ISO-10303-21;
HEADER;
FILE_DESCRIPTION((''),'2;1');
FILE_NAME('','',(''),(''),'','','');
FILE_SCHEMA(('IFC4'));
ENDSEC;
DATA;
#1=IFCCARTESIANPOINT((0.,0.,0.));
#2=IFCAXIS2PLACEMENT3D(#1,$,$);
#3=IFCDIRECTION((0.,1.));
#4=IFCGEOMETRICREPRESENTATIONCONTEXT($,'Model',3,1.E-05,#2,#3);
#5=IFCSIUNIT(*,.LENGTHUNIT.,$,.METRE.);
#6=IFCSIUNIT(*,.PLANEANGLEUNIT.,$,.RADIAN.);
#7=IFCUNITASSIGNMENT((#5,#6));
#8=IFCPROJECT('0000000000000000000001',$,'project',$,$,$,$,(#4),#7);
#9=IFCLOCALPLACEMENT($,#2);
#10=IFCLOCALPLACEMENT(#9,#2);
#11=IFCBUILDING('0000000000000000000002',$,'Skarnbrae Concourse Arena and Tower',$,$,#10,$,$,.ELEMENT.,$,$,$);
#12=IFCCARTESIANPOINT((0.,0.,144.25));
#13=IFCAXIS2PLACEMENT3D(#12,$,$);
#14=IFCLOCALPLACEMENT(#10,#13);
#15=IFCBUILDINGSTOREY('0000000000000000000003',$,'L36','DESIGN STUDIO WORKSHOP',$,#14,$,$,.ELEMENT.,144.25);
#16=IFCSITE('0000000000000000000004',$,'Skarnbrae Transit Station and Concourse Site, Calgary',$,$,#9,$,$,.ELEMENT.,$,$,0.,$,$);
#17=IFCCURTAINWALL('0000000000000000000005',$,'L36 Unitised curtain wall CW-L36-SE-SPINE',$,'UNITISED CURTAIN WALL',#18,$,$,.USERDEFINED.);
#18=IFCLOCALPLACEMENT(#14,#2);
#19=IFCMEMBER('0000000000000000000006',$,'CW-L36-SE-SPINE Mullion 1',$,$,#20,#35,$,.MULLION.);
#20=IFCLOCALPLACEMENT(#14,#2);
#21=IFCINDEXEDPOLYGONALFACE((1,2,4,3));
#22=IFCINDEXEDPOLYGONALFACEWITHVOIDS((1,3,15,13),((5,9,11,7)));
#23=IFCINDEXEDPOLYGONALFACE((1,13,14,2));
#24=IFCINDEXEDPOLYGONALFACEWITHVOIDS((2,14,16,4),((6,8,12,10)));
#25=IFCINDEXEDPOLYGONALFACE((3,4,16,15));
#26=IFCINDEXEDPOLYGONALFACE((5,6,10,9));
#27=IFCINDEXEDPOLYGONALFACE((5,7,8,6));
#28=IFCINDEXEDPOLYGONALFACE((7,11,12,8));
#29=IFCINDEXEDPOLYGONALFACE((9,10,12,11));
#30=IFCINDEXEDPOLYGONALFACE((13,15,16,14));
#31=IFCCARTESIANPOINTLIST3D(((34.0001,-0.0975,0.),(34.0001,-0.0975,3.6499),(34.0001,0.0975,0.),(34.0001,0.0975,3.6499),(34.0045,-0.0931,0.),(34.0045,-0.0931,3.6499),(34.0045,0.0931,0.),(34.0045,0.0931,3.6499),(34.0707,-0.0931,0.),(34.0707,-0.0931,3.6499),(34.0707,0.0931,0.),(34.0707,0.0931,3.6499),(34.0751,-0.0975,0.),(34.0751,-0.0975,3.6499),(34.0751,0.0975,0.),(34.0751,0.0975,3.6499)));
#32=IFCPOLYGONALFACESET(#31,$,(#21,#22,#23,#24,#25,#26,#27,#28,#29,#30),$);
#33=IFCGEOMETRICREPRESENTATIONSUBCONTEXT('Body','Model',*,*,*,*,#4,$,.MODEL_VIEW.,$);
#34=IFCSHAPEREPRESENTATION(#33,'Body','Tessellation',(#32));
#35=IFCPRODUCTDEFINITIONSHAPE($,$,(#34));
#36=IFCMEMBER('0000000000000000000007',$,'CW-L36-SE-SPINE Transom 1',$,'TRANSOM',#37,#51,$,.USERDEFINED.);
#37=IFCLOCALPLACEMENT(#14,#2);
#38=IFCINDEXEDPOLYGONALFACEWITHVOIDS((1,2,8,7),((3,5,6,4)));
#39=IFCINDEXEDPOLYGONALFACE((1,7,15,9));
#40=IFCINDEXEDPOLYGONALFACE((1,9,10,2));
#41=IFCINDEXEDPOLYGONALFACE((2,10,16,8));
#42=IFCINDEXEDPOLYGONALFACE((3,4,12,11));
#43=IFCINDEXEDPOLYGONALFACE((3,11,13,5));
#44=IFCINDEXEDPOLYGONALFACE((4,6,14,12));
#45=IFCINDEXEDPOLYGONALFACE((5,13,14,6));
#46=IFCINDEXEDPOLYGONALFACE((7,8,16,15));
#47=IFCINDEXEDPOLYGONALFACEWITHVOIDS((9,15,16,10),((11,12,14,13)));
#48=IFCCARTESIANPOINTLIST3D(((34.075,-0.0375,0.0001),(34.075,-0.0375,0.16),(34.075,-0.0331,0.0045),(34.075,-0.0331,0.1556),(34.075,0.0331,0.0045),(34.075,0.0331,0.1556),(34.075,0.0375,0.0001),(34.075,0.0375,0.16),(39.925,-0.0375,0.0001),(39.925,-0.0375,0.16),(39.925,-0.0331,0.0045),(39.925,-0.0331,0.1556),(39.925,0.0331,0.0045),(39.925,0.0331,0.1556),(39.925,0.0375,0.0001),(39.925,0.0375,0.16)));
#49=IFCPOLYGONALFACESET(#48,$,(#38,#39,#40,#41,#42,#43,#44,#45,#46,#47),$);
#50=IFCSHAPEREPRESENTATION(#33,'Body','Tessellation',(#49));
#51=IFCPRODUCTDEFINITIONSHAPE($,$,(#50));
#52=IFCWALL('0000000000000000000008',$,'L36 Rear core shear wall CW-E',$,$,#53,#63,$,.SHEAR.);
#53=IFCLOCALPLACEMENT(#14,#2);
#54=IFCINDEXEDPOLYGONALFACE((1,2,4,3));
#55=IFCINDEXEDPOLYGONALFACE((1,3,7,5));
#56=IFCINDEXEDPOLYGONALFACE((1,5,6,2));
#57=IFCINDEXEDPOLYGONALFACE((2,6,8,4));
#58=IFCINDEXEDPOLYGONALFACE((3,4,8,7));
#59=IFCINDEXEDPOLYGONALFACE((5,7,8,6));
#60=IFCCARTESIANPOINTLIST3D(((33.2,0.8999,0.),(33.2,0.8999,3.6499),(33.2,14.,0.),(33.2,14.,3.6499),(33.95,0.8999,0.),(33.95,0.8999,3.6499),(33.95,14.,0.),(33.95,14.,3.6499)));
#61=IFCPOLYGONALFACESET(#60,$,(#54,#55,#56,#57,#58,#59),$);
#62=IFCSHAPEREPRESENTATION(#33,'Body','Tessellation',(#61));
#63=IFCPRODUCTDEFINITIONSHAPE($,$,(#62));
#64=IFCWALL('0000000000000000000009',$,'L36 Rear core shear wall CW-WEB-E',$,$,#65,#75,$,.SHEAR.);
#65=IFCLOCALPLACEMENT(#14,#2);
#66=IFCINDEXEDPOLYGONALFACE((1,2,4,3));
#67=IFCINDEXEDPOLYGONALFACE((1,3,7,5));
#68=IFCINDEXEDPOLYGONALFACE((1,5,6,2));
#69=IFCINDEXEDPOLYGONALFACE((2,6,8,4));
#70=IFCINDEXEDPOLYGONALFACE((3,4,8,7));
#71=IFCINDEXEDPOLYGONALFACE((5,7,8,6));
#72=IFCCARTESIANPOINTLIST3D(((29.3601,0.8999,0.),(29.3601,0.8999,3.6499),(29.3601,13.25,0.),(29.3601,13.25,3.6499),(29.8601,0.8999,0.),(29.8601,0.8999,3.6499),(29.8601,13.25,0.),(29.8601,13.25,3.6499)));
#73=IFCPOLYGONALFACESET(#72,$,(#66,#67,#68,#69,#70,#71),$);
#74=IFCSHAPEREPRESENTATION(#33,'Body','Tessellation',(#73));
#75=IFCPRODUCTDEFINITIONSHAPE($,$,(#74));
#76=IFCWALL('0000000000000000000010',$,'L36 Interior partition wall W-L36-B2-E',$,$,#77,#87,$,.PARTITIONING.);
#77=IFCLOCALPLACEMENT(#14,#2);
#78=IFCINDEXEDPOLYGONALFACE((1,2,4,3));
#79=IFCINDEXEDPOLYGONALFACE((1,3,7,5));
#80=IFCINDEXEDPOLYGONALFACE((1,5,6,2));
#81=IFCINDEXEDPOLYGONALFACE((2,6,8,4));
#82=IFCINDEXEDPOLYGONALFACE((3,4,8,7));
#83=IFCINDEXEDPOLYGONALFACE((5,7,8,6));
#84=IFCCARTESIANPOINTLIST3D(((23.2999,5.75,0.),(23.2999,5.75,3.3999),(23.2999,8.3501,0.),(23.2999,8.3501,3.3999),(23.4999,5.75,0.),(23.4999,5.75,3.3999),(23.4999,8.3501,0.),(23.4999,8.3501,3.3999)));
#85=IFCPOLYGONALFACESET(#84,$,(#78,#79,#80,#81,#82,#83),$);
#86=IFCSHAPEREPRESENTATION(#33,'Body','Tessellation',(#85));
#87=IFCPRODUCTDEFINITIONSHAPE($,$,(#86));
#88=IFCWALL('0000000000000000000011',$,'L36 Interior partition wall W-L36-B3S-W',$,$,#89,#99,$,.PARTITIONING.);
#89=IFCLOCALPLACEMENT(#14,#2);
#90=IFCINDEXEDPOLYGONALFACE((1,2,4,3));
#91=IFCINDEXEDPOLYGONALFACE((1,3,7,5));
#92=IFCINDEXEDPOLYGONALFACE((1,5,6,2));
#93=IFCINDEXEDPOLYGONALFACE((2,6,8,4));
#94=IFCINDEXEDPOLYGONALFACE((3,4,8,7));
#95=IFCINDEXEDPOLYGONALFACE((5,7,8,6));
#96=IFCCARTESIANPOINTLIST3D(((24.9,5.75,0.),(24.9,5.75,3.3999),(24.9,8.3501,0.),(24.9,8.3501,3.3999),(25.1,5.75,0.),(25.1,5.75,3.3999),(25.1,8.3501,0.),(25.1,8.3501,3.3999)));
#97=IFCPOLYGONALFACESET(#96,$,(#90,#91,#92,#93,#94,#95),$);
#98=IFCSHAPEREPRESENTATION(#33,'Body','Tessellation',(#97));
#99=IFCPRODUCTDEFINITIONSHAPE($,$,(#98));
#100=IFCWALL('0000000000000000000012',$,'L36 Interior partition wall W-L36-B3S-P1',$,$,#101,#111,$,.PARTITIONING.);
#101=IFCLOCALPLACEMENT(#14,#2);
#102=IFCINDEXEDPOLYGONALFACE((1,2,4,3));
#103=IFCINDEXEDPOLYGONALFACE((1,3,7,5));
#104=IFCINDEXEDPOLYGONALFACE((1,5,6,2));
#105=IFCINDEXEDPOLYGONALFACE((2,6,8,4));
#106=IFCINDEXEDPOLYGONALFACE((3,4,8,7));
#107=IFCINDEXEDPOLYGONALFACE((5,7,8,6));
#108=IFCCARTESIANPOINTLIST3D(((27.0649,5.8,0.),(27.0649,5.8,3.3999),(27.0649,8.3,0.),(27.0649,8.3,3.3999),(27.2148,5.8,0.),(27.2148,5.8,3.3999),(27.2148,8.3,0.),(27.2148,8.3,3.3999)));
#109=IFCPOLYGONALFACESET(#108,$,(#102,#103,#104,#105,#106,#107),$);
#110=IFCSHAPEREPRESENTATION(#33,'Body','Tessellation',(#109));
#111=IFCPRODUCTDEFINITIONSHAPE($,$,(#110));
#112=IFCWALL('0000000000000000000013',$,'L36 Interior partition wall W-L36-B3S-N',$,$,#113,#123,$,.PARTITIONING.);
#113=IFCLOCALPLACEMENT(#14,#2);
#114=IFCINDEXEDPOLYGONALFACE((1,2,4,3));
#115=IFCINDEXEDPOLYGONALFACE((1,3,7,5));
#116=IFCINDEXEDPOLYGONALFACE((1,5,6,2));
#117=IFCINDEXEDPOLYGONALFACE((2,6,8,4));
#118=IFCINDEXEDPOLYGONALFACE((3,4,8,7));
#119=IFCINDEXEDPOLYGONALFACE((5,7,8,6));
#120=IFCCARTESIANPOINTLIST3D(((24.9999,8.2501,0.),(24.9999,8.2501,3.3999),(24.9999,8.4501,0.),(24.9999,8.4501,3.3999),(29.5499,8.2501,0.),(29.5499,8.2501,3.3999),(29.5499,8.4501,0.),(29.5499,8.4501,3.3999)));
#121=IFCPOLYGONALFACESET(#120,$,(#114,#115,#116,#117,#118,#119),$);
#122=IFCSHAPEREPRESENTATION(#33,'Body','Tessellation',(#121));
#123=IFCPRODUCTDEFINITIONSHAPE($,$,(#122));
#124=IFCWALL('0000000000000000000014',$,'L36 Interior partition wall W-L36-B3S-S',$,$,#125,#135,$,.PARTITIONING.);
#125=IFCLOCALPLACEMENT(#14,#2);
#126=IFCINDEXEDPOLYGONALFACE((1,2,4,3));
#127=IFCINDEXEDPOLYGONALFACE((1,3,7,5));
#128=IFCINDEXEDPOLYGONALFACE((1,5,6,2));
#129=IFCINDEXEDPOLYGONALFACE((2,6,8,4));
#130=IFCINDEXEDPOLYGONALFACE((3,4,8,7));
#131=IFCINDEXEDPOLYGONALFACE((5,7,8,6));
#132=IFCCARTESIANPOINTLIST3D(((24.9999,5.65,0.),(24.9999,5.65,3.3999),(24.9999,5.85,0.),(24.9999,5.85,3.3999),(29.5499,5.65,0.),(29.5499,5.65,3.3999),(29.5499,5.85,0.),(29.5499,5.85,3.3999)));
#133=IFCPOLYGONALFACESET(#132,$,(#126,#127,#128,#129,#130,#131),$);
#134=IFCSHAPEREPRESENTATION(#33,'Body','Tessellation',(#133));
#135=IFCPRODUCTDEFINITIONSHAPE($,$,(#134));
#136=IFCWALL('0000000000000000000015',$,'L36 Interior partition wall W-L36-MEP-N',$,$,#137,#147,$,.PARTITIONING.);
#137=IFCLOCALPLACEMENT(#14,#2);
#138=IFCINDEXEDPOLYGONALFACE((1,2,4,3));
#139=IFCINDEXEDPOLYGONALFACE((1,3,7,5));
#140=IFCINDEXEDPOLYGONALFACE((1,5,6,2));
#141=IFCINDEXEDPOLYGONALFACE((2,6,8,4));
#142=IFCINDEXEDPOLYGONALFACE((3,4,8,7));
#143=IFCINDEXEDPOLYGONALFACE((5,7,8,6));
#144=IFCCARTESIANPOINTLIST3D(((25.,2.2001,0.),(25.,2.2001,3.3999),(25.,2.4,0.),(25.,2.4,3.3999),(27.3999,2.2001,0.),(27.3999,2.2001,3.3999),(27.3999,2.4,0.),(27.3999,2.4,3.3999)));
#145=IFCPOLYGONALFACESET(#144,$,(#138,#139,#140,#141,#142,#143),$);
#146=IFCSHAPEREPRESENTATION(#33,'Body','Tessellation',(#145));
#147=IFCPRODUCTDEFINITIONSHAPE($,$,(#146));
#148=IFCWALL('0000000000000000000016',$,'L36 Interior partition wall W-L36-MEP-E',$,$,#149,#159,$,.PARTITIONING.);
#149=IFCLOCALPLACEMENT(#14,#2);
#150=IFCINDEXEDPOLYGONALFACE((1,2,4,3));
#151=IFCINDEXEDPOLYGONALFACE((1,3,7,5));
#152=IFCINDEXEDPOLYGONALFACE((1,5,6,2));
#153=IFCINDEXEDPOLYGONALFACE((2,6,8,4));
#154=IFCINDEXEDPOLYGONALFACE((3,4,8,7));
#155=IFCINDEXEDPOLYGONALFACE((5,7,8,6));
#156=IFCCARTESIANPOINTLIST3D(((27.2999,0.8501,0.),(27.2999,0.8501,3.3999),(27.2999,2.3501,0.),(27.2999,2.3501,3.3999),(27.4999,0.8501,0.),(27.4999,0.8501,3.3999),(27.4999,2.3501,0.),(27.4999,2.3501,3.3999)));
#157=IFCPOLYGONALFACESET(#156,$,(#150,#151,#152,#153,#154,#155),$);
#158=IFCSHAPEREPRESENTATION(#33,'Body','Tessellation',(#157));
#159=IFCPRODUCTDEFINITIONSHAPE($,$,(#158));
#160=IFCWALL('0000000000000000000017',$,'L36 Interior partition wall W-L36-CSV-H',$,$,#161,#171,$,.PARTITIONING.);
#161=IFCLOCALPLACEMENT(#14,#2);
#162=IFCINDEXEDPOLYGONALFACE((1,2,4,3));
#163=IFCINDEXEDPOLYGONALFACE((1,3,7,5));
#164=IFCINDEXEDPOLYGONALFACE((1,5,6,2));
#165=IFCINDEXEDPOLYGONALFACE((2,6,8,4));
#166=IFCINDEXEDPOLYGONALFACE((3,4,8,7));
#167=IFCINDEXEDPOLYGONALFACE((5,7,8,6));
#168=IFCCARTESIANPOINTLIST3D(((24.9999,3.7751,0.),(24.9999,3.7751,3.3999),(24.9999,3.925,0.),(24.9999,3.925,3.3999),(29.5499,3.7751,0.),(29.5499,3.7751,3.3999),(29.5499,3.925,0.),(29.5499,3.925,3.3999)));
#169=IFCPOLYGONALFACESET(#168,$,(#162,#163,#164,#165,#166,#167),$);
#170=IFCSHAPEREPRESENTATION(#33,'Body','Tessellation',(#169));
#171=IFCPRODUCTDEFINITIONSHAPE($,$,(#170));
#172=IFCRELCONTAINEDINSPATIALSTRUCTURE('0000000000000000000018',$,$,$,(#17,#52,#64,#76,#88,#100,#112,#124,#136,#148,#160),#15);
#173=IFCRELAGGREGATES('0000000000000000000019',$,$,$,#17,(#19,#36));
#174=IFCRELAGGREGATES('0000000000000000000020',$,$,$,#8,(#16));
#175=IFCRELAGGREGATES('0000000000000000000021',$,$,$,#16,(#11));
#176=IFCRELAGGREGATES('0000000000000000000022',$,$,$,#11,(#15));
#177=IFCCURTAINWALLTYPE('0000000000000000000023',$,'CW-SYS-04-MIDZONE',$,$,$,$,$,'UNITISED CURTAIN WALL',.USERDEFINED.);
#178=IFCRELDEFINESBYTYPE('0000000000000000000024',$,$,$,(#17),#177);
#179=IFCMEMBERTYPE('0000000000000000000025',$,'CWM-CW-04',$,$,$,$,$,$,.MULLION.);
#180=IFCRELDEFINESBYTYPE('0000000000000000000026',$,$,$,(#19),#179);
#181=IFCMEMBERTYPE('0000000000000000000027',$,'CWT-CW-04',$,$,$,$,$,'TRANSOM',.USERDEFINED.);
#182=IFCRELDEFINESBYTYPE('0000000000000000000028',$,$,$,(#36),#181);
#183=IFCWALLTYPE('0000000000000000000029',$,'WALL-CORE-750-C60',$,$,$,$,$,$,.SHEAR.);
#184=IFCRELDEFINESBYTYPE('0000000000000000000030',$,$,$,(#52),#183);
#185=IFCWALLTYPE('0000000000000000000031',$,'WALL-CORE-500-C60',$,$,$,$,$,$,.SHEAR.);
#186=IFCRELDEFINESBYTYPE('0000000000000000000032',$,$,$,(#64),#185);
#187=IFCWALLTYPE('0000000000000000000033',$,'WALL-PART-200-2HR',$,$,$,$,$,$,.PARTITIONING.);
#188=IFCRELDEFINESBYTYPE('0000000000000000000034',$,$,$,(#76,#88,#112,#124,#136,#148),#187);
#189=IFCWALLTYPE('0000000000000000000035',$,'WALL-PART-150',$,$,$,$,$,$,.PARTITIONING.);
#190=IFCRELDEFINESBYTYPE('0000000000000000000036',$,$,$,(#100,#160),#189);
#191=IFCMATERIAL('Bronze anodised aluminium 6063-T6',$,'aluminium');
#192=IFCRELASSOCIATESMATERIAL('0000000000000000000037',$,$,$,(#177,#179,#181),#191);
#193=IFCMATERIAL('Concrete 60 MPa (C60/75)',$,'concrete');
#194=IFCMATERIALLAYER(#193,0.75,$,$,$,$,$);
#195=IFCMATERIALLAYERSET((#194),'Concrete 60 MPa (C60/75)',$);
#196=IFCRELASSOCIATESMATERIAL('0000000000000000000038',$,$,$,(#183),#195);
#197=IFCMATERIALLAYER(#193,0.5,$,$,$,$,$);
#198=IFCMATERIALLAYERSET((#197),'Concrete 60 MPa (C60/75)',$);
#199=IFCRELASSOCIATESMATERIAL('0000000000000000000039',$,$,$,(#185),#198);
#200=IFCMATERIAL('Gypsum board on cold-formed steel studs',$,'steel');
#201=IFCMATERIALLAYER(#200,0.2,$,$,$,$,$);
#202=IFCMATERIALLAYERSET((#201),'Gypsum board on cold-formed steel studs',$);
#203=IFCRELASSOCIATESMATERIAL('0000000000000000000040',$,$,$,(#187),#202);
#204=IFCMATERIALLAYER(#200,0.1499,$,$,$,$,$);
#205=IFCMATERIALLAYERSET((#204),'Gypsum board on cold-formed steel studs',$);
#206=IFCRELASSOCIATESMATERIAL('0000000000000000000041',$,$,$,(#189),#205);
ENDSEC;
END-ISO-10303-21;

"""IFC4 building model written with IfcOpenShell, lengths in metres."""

from ifc_helpers import new_model, si_unit, direction, frame, frame_2d, origin, origin_2d, place, context, subcontext, project, spatial, rectangle, hollow_rectangle, extrude, source, transform, mapped, material, layer, layer_set, material_profile, profile_set, type_object, element, aggregate, save


model = new_model("IFC4")

# Units and contexts
model_context = context("Model", 3, precision=1e-05, world=origin(), true_north=direction((0.0, 1.0)))
body_context = subcontext(model_context, "Body", "Model", "MODEL_VIEW")
ifc_project = project(units=[si_unit("LENGTHUNIT", "METRE"), si_unit("PLANEANGLEUNIT", "RADIAN")], contexts=[model_context])

# Site, building, storey
site_placement = place(None, origin())
site = spatial("IfcSite", under=ifc_project, at=site_placement, Name="Skarnbrae Transit Station and Concourse Site, Calgary", CompositionType="ELEMENT", RefElevation=0.0)
building_placement = place(site_placement, origin())
building = spatial("IfcBuilding", under=site, at=building_placement, Name="Skarnbrae Concourse Arena and Tower", CompositionType="ELEMENT")
storey_placement = place(building_placement, frame((0.0, 0.0, 144.25)))
storey = spatial("IfcBuildingStorey", under=building, at=storey_placement, Name="L36", Description="DESIGN STUDIO WORKSHOP", CompositionType="ELEMENT", Elevation=144.25)

# Curtain wall, members
ifc_material_1 = material(Name="Bronze anodised aluminium 6063-T6", Category="aluminium")
curtain_wall_type = type_object("IfcCurtainWallType", Name="CW-SYS-04-MIDZONE", ElementType="UNITISED CURTAIN WALL", PredefinedType="USERDEFINED", material=ifc_material_1)
curtain_wall_placement = place(storey_placement, origin())
curtain_wall = element("IfcCurtainWall", 1, at=curtain_wall_placement, inside=storey, type_object=curtain_wall_type, Name="L36 Unitised curtain wall CW-L36-SE-SPINE", ObjectType="UNITISED CURTAIN WALL", PredefinedType="USERDEFINED")
ifc_material_profile_1 = material_profile(ifc_material_1, hollow_rectangle(XDim=0.075, YDim=0.1951, WallThickness=0.0044, at=origin_2d()), Name="ALU-MULL-75X195")
ifc_profile_set_1 = profile_set([ifc_material_profile_1], Name="Bronze anodised aluminium 6063-T6")
member_type_1 = type_object("IfcMemberType", Name="CWM-CW-04", PredefinedType="MULLION", material=ifc_profile_set_1)
shared_shape_1 = source(origin(), body_context, "Body", "SweptSolid", [
    extrude(hollow_rectangle(XDim=0.075, YDim=0.1951, WallThickness=0.0044, at=origin_2d()), origin(), (0.0, 0.0, 1.0), 3.6499),
])
member_1_placement = place(storey_placement, frame((34.0376, 0.0, 0.0), z_axis=(0.0, 0.0, 1.0), x_axis=(1.0, 0.0, 0.0)))
member_1 = element("IfcMember", 2, at=member_1_placement, type_object=member_type_1, Name="CW-L36-SE-SPINE Mullion 1", PredefinedType="MULLION", context=body_context, shape_type="MappedRepresentation", body=[
    mapped(shared_shape_1, transform((0.0, 0.0, 0.0))),
])
ifc_material_profile_2 = material_profile(ifc_material_1, hollow_rectangle(XDim=0.075, YDim=0.1599, WallThickness=0.0044, at=origin_2d()), Name="ALU-TRAN-75X160")
ifc_profile_set_2 = profile_set([ifc_material_profile_2], Name="Bronze anodised aluminium 6063-T6")
member_type_2 = type_object("IfcMemberType", Name="CWT-CW-04", ElementType="TRANSOM", PredefinedType="USERDEFINED", material=ifc_profile_set_2)
shared_shape_2 = source(origin(), body_context, "Body", "SweptSolid", [
    extrude(hollow_rectangle(XDim=0.075, YDim=0.1599, WallThickness=0.0044, at=origin_2d()), origin(), (0.0, 0.0, 1.0), 5.8501),
])
member_2_placement = place(storey_placement, frame((34.075, 0.0, 0.0801), z_axis=(1.0, 0.0, 0.0), x_axis=(0.0, 1.0, 0.0)))
member_2 = element("IfcMember", 3, at=member_2_placement, type_object=member_type_2, Name="CW-L36-SE-SPINE Transom 1", ObjectType="TRANSOM", PredefinedType="USERDEFINED", context=body_context, shape_type="MappedRepresentation", body=[
    mapped(shared_shape_2, transform((0.0, 0.0, 0.0))),
])
aggregate(curtain_wall, [member_1, member_2])

# Walls
ifc_material_2 = material(Name="Concrete 60 MPa (C60/75)", Category="concrete")
ifc_layer_1 = layer(ifc_material_2, 0.75)
ifc_layer_set_1 = layer_set([ifc_layer_1], Name="Concrete 60 MPa (C60/75)")
wall_type_1 = type_object("IfcWallType", Name="WALL-CORE-750-C60", PredefinedType="SHEAR", material=ifc_layer_set_1)
shared_shape_3 = source(origin(), body_context, "Body", "SweptSolid", [
    extrude(rectangle(XDim=13.1001, YDim=0.75, at=frame_2d((6.55, 0.0))), origin(), (0.0, 0.0, 1.0), 3.6499),
])
wall_1_placement = place(storey_placement, frame((33.575, 0.8999, 0.0), z_axis=(0.0, 0.0, 1.0), x_axis=(0.0, 1.0, 0.0)))
element("IfcWall", 4, at=wall_1_placement, inside=storey, type_object=wall_type_1, Name="L36 Rear core shear wall CW-E", PredefinedType="SHEAR", context=body_context, shape_type="MappedRepresentation", body=[
    mapped(shared_shape_3, transform((0.0, 0.0, 0.0))),
])
ifc_layer_2 = layer(ifc_material_2, 0.5)
ifc_layer_set_2 = layer_set([ifc_layer_2], Name="Concrete 60 MPa (C60/75)")
wall_type_2 = type_object("IfcWallType", Name="WALL-CORE-500-C60", PredefinedType="SHEAR", material=ifc_layer_set_2)
shared_shape_4 = source(origin(), body_context, "Body", "SweptSolid", [
    extrude(rectangle(XDim=12.3501, YDim=0.5, at=frame_2d((6.175, 0.0))), origin(), (0.0, 0.0, 1.0), 3.6499),
])
wall_2_placement = place(storey_placement, frame((29.6101, 0.8999, 0.0), z_axis=(0.0, 0.0, 1.0), x_axis=(0.0, 1.0, 0.0)))
element("IfcWall", 5, at=wall_2_placement, inside=storey, type_object=wall_type_2, Name="L36 Rear core shear wall CW-WEB-E", PredefinedType="SHEAR", context=body_context, shape_type="MappedRepresentation", body=[
    mapped(shared_shape_4, transform((0.0, 0.0, 0.0))),
])
ifc_material_3 = material(Name="Gypsum board on cold-formed steel studs", Category="steel")
ifc_layer_3 = layer(ifc_material_3, 0.2)
ifc_layer_set_3 = layer_set([ifc_layer_3], Name="Gypsum board on cold-formed steel studs")
wall_type_3 = type_object("IfcWallType", Name="WALL-PART-200-2HR", PredefinedType="PARTITIONING", material=ifc_layer_set_3)
shared_shape_5 = source(origin(), body_context, "Body", "SweptSolid", [
    extrude(rectangle(XDim=2.6001, YDim=0.2, at=frame_2d((1.3, 0.0))), origin(), (0.0, 0.0, 1.0), 3.3999),
])
for number, where, z_axis, x_axis, name in (
    (6, (23.3999, 5.75, 0.0), (0.0, 0.0, 1.0), (0.0, 1.0, 0.0), "L36 Interior partition wall W-L36-B2-E"),
    (7, (25.0, 5.75, 0.0), (0.0, 0.0, 1.0), (0.0, 1.0, 0.0), "L36 Interior partition wall W-L36-B3S-W"),
):
    element("IfcWall", number, at=place(storey_placement, frame(where, z_axis=z_axis, x_axis=x_axis)), inside=storey, type_object=wall_type_3, Name=name, PredefinedType="PARTITIONING", context=body_context, shape_type="MappedRepresentation", body=[
        mapped(shared_shape_5, transform((0.0, 0.0, 0.0))),
    ])
ifc_layer_4 = layer(ifc_material_3, 0.1499)
ifc_layer_set_4 = layer_set([ifc_layer_4], Name="Gypsum board on cold-formed steel studs")
wall_type_4 = type_object("IfcWallType", Name="WALL-PART-150", PredefinedType="PARTITIONING", material=ifc_layer_set_4)
shared_shape_6 = source(origin(), body_context, "Body", "SweptSolid", [
    extrude(rectangle(XDim=2.5, YDim=0.1499, at=frame_2d((1.25, 0.0))), origin(), (0.0, 0.0, 1.0), 3.3999),
])
wall_3_placement = place(storey_placement, frame((27.1399, 5.8, 0.0), z_axis=(0.0, 0.0, 1.0), x_axis=(0.0, 1.0, 0.0)))
element("IfcWall", 8, at=wall_3_placement, inside=storey, type_object=wall_type_4, Name="L36 Interior partition wall W-L36-B3S-P1", PredefinedType="PARTITIONING", context=body_context, shape_type="MappedRepresentation", body=[
    mapped(shared_shape_6, transform((0.0, 0.0, 0.0))),
])
shared_shape_7 = source(origin(), body_context, "Body", "SweptSolid", [
    extrude(rectangle(XDim=4.55, YDim=0.2, at=frame_2d((2.2749, 0.0))), origin(), (0.0, 0.0, 1.0), 3.3999),
])
for number, where, z_axis, x_axis, name in (
    (9, (25.0, 8.3501, 0.0), (0.0, 0.0, 1.0), (1.0, 0.0, 0.0), "L36 Interior partition wall W-L36-B3S-N"),
    (10, (25.0, 5.75, 0.0), (0.0, 0.0, 1.0), (1.0, 0.0, 0.0), "L36 Interior partition wall W-L36-B3S-S"),
):
    element("IfcWall", number, at=place(storey_placement, frame(where, z_axis=z_axis, x_axis=x_axis)), inside=storey, type_object=wall_type_3, Name=name, PredefinedType="PARTITIONING", context=body_context, shape_type="MappedRepresentation", body=[
        mapped(shared_shape_7, transform((0.0, 0.0, 0.0))),
    ])

# Walls
shared_shape_8 = source(origin(), body_context, "Body", "SweptSolid", [
    extrude(rectangle(XDim=2.3999, YDim=0.2, at=frame_2d((1.2, 0.0))), origin(), (0.0, 0.0, 1.0), 3.3999),
])
wall_4_placement = place(storey_placement, frame((25.0, 2.3, 0.0), z_axis=(0.0, 0.0, 1.0), x_axis=(1.0, 0.0, 0.0)))
element("IfcWall", 11, at=wall_4_placement, inside=storey, type_object=wall_type_3, Name="L36 Interior partition wall W-L36-MEP-N", PredefinedType="PARTITIONING", context=body_context, shape_type="MappedRepresentation", body=[
    mapped(shared_shape_8, transform((0.0, 0.0, 0.0))),
])
shared_shape_9 = source(origin(), body_context, "Body", "SweptSolid", [
    extrude(rectangle(XDim=1.5, YDim=0.2, at=frame_2d((0.75, 0.0))), origin(), (0.0, 0.0, 1.0), 3.3999),
])
wall_5_placement = place(storey_placement, frame((27.3999, 0.8501, 0.0), z_axis=(0.0, 0.0, 1.0), x_axis=(0.0, 1.0, 0.0)))
element("IfcWall", 12, at=wall_5_placement, inside=storey, type_object=wall_type_3, Name="L36 Interior partition wall W-L36-MEP-E", PredefinedType="PARTITIONING", context=body_context, shape_type="MappedRepresentation", body=[
    mapped(shared_shape_9, transform((0.0, 0.0, 0.0))),
])
shared_shape_10 = source(origin(), body_context, "Body", "SweptSolid", [
    extrude(rectangle(XDim=4.55, YDim=0.1499, at=frame_2d((2.2749, 0.0))), origin(), (0.0, 0.0, 1.0), 3.3999),
])
wall_6_placement = place(storey_placement, frame((25.0, 3.8501, 0.0), z_axis=(0.0, 0.0, 1.0), x_axis=(1.0, 0.0, 0.0)))
element("IfcWall", 13, at=wall_6_placement, inside=storey, type_object=wall_type_4, Name="L36 Interior partition wall W-L36-CSV-H", PredefinedType="PARTITIONING", context=body_context, shape_type="MappedRepresentation", body=[
    mapped(shared_shape_10, transform((0.0, 0.0, 0.0))),
])

save(model, "model.ifc")
